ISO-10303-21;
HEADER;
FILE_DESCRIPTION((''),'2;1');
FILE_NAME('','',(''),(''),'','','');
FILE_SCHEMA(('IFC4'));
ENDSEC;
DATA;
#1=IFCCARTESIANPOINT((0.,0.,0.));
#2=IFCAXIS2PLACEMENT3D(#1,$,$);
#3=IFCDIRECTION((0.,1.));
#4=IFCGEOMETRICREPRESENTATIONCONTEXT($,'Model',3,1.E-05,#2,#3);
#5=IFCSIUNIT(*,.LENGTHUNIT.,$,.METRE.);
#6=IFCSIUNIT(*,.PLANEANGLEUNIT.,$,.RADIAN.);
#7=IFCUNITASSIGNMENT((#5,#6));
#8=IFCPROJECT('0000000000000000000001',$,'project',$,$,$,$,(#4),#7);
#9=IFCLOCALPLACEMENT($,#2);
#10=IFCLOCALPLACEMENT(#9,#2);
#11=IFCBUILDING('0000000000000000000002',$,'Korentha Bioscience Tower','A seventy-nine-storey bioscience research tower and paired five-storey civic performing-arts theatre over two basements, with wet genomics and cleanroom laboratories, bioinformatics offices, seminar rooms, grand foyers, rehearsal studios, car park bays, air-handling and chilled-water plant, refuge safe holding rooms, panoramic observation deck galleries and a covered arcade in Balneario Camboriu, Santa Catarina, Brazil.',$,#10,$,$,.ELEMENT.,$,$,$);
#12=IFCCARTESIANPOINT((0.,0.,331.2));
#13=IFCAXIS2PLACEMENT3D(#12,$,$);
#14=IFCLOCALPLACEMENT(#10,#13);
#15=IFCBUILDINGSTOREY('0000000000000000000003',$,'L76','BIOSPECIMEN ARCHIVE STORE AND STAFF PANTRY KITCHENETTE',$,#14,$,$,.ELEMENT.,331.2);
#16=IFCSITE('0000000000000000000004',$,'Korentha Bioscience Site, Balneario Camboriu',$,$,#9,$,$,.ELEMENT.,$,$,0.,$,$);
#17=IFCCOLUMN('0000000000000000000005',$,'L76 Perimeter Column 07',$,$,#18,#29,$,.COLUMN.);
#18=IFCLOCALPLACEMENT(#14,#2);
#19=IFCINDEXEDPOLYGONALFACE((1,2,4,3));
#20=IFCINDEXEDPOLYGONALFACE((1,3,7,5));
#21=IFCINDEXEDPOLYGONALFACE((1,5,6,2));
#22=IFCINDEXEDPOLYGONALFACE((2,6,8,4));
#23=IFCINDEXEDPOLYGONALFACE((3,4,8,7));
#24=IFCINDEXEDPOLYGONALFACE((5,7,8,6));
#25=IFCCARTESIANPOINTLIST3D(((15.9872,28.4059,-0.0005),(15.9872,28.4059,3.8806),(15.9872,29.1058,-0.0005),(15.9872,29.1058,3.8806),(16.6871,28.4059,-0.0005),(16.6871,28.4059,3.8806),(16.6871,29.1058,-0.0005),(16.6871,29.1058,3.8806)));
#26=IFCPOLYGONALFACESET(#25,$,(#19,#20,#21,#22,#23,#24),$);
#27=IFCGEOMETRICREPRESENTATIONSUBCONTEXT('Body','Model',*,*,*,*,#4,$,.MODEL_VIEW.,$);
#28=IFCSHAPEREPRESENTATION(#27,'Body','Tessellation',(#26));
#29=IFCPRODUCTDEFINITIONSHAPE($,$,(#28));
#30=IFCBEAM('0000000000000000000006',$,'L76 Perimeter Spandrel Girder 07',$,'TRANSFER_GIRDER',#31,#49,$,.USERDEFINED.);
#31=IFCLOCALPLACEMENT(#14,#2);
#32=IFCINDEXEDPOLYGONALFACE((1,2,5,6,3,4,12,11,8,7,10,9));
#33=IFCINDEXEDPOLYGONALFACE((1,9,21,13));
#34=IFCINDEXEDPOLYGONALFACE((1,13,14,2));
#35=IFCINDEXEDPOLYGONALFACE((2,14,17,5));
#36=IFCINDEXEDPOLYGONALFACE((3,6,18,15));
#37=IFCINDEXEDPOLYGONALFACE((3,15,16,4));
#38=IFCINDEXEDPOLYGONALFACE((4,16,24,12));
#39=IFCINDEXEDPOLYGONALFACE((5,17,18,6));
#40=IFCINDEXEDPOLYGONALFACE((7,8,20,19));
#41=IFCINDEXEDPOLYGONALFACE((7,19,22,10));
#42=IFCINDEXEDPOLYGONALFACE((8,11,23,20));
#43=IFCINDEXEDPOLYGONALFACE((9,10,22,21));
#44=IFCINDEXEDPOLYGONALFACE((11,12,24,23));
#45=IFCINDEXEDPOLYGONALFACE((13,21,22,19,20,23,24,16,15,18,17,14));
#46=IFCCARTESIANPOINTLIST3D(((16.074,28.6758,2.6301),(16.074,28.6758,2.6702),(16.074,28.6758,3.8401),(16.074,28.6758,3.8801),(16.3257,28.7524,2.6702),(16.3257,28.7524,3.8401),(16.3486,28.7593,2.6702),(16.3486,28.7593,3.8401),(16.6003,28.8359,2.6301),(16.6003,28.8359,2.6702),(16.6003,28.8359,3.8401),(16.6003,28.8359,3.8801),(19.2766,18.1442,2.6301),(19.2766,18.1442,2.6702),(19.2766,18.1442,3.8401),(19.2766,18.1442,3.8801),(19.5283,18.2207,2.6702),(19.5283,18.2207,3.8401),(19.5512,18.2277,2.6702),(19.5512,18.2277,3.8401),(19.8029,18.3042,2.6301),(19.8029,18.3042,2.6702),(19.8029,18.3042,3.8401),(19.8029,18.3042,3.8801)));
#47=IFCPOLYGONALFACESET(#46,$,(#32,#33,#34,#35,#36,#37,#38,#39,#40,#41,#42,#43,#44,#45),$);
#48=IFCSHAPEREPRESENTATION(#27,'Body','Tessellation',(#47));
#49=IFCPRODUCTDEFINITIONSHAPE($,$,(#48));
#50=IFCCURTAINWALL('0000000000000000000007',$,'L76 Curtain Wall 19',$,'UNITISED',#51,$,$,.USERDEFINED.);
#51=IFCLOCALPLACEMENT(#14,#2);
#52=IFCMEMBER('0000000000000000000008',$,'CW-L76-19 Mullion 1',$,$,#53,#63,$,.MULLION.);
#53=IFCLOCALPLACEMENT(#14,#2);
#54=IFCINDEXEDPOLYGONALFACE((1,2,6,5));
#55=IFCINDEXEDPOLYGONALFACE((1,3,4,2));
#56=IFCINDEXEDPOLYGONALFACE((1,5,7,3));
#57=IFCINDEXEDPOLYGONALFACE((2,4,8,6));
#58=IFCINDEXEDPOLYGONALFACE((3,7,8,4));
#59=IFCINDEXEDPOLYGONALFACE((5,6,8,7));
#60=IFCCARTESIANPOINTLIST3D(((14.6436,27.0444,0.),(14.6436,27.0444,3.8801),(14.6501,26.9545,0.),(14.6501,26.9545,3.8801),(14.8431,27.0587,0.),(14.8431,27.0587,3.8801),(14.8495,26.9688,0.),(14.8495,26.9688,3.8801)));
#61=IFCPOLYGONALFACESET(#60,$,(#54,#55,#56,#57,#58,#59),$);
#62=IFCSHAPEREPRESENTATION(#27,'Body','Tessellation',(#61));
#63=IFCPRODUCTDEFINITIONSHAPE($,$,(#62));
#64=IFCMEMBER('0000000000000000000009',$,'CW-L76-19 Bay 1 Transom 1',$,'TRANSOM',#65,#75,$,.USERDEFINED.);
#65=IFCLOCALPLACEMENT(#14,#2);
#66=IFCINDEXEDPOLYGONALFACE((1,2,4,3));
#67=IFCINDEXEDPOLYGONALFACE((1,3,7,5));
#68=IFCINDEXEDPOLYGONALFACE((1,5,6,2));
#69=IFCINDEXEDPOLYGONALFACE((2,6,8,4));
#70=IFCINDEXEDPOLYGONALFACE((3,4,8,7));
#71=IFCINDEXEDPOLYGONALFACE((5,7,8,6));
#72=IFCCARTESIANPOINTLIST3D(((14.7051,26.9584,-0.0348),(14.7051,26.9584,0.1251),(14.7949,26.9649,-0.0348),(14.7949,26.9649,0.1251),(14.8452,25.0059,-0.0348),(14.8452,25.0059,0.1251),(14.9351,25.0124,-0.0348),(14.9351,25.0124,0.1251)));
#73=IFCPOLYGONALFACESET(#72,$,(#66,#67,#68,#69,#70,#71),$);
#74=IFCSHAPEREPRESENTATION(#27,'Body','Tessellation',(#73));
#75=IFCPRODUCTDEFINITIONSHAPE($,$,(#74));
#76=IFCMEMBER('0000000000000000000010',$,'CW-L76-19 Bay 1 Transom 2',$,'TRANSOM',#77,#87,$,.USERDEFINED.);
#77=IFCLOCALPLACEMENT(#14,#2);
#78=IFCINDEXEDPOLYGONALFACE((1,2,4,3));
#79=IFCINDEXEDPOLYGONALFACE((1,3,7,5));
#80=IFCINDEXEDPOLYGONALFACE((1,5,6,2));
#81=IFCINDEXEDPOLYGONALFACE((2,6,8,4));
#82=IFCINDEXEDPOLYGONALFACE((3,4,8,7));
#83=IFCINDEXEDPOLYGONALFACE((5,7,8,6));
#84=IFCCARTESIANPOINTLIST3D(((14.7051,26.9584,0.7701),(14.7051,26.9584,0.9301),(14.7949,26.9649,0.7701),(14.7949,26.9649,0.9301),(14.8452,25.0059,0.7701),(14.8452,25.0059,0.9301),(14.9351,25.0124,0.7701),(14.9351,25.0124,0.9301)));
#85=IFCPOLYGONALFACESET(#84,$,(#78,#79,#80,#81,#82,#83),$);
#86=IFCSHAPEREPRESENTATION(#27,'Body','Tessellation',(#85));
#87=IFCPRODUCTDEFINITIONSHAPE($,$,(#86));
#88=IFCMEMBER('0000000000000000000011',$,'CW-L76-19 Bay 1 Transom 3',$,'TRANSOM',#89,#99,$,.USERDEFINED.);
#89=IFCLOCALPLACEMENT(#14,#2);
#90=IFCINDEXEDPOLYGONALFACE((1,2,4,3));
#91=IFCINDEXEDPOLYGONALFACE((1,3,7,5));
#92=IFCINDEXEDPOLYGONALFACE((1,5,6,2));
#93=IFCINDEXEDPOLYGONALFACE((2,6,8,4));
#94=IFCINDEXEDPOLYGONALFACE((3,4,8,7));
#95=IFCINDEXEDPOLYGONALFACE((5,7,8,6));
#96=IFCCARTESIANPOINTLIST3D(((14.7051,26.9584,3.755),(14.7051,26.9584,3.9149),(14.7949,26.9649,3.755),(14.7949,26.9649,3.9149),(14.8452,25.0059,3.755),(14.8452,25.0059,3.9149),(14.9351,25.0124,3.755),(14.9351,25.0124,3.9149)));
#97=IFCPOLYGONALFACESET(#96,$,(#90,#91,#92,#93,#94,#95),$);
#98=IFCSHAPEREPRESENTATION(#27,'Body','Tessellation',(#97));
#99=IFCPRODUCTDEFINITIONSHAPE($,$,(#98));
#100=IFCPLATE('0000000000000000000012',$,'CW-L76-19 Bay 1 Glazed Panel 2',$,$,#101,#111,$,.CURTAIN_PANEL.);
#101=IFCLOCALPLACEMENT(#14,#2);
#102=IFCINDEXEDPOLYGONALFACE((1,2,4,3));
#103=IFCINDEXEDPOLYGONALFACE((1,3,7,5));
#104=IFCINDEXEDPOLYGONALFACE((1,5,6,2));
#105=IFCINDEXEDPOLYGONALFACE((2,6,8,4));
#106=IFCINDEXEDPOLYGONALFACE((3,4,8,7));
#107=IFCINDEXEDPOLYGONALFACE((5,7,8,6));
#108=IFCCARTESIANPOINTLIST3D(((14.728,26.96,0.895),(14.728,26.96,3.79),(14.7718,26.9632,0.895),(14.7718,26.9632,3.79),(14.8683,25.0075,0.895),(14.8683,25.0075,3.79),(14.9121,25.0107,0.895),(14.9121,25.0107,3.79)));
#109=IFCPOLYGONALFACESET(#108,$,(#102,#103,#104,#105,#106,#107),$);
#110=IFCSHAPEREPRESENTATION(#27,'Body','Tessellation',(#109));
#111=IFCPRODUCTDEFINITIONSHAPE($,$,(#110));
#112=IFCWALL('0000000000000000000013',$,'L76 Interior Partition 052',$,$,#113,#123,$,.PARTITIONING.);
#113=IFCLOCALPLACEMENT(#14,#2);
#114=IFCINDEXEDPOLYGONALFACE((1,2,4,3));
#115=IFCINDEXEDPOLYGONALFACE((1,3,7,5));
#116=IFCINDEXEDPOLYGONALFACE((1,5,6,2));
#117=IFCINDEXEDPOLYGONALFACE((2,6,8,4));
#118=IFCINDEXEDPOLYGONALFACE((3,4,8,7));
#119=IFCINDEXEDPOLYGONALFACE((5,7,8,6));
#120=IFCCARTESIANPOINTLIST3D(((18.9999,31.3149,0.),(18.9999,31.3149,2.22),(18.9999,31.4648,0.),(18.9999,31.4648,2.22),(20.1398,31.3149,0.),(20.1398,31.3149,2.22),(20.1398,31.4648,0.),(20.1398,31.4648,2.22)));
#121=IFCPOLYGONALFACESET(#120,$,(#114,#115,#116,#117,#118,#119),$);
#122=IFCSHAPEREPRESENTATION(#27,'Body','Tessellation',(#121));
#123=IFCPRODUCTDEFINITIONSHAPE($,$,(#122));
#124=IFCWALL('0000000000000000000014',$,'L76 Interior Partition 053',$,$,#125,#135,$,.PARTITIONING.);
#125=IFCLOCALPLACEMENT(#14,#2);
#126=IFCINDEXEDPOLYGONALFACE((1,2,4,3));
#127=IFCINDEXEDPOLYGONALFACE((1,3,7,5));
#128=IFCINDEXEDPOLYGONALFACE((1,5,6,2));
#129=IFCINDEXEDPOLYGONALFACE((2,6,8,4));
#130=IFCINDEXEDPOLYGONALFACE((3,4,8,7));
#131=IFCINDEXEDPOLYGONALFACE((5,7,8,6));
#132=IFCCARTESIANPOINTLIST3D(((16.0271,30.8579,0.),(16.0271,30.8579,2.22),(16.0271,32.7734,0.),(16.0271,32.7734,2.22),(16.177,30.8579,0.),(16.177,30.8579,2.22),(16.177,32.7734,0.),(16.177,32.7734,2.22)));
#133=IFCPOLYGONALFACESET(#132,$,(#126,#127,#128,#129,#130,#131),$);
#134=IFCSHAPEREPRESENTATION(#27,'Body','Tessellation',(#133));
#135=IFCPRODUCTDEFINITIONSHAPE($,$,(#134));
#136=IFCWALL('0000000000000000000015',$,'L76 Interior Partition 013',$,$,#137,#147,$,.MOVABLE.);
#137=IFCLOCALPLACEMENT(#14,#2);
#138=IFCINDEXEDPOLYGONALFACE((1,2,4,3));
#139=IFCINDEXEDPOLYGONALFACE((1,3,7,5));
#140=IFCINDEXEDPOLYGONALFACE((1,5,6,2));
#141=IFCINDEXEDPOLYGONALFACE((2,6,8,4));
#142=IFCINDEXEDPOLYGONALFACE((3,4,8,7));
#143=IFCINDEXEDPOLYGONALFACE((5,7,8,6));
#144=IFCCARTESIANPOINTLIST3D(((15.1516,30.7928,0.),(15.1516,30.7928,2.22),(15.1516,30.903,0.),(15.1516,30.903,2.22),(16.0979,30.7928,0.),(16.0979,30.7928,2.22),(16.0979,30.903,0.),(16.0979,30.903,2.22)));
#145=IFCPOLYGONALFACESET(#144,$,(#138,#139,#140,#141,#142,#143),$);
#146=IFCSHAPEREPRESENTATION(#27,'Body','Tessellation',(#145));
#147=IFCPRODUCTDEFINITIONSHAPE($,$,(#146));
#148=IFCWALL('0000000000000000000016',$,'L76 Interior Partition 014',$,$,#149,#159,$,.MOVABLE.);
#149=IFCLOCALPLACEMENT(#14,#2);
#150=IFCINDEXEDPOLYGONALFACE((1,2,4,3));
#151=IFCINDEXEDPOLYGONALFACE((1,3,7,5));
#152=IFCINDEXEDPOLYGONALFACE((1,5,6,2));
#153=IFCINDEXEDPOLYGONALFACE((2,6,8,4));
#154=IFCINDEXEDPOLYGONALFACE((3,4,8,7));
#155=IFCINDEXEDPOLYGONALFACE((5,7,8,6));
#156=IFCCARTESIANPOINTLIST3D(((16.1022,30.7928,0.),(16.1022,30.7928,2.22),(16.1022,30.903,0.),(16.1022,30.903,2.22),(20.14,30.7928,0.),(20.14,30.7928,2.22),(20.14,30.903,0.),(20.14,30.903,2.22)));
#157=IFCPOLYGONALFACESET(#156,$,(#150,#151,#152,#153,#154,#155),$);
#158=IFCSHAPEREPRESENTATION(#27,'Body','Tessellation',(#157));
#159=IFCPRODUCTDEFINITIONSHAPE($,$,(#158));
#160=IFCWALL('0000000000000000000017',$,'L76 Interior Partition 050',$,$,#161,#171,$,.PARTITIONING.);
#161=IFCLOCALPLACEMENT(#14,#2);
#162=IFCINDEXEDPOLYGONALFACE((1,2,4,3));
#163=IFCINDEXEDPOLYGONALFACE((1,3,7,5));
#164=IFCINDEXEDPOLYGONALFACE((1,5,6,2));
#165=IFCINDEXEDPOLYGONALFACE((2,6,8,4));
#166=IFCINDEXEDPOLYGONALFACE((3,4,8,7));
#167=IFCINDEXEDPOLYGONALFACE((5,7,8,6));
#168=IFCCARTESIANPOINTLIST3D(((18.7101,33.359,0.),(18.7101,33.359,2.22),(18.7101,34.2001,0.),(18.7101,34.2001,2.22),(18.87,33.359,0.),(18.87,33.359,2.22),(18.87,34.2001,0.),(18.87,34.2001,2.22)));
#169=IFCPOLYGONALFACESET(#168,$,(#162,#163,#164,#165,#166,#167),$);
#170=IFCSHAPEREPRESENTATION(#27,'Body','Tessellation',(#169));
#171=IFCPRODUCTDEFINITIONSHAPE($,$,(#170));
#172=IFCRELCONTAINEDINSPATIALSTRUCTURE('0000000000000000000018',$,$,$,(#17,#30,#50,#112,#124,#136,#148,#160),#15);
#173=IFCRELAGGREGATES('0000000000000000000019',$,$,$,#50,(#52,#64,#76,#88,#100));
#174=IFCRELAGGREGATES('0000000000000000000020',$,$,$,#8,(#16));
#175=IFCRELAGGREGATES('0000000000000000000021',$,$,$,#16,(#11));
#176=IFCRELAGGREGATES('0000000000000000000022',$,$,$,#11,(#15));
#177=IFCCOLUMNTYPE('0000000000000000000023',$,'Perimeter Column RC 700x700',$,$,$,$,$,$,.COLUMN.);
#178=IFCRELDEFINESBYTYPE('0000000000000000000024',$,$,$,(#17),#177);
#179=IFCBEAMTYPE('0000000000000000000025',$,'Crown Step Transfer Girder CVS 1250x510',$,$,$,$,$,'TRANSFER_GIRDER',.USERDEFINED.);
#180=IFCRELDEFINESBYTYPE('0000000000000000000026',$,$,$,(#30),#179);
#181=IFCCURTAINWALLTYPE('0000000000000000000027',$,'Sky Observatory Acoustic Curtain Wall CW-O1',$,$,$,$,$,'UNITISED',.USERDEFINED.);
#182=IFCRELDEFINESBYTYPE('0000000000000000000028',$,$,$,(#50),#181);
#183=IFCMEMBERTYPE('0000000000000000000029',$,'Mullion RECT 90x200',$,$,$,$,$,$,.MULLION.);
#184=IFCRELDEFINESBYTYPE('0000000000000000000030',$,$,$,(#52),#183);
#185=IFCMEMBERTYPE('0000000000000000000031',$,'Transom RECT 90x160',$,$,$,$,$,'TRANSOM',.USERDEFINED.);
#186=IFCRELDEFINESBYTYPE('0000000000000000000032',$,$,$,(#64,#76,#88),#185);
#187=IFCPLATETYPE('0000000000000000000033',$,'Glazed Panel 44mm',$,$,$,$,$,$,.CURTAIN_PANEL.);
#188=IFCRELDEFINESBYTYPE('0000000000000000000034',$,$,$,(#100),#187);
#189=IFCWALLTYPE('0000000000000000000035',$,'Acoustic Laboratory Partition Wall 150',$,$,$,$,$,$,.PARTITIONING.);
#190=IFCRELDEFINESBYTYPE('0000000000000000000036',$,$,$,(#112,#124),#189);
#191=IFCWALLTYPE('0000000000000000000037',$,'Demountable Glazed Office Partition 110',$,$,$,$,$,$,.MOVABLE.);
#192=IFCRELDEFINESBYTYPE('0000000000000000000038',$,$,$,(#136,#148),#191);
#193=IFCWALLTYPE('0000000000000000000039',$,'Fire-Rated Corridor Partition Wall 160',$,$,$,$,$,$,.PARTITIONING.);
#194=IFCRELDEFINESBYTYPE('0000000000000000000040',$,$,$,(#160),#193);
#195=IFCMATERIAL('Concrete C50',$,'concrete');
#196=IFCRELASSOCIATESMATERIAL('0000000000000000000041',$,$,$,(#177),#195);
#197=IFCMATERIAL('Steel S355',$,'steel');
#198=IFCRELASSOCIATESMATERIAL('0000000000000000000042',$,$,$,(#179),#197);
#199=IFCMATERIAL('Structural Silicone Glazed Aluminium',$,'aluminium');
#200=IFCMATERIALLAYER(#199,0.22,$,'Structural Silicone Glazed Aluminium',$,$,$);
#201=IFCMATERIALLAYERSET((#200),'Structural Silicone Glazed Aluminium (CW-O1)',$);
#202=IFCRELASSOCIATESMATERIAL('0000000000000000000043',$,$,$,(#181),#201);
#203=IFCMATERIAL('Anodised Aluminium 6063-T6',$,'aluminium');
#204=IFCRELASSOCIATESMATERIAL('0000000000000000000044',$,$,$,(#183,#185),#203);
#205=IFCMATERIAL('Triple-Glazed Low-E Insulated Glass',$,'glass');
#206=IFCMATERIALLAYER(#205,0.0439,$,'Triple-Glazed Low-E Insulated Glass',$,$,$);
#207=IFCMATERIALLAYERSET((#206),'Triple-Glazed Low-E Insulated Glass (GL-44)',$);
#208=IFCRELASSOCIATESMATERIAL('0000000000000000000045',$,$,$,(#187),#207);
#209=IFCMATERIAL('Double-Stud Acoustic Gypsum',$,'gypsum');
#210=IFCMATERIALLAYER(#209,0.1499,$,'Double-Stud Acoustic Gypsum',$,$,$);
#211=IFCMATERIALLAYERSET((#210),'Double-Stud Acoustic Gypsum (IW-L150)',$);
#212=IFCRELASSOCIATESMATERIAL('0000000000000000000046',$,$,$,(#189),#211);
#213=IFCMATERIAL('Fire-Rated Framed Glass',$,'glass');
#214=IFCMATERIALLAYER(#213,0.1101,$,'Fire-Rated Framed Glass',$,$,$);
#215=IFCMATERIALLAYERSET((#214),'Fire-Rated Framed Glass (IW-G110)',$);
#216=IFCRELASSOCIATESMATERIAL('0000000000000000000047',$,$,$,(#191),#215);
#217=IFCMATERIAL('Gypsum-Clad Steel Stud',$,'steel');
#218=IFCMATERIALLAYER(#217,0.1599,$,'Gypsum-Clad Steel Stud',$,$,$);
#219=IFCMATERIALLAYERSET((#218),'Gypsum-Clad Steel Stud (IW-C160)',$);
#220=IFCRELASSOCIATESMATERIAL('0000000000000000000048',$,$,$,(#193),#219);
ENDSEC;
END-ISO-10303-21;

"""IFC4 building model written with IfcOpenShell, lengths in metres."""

from ifc_helpers import new_model, si_unit, direction, frame, frame_2d, origin, origin_2d, place, context, subcontext, project, spatial, rectangle, i_section, extrude, material, layer, layer_set, material_profile, profile_set, type_object, element, aggregate, save


model = new_model("IFC4")

# Units and contexts
model_context = context("Model", 3, precision=1e-05, world=origin(), true_north=direction((0.0, 1.0)))
body_context = subcontext(model_context, "Body", "Model", "MODEL_VIEW")
ifc_project = project(units=[si_unit("LENGTHUNIT", "METRE"), si_unit("PLANEANGLEUNIT", "RADIAN")], contexts=[model_context])

# Site, building, storey
site_placement = place(None, origin())
site = spatial("IfcSite", under=ifc_project, at=site_placement, Name="Korentha Bioscience Site, Balneario Camboriu", CompositionType="ELEMENT", RefElevation=0.0)
building_placement = place(site_placement, origin())
building = spatial("IfcBuilding", under=site, at=building_placement, Name="Korentha Bioscience Tower", Description="A seventy-nine-storey bioscience research tower and paired five-storey civic performing-arts theatre over two basements, with wet genomics and cleanroom laboratories, bioinformatics offices, seminar rooms, grand foyers, rehearsal studios, car park bays, air-handling and chilled-water plant, refuge safe holding rooms, panoramic observation deck galleries and a covered arcade in Balneario Camboriu, Santa Catarina, Brazil.", CompositionType="ELEMENT")
storey_placement = place(building_placement, frame((0.0, 0.0, 331.2)))
storey = spatial("IfcBuildingStorey", under=building, at=storey_placement, Name="L76", Description="BIOSPECIMEN ARCHIVE STORE AND STAFF PANTRY KITCHENETTE", CompositionType="ELEMENT", Elevation=331.2)

# Column
ifc_material_1 = material(Name="Concrete C50", Category="concrete")
ifc_material_profile_1 = material_profile(ifc_material_1, rectangle(XDim=0.7, YDim=0.7, at=origin_2d()), Name="Concrete C50")
ifc_profile_set_1 = profile_set([ifc_material_profile_1], Name="Concrete C50 (COL-P07)")
column_type = type_object("IfcColumnType", Name="Perimeter Column RC 700x700", PredefinedType="COLUMN", material=ifc_profile_set_1)
column_placement = place(storey_placement, frame((16.3372, 28.7559, -0.0005), z_axis=(0.0, 0.0, 1.0), x_axis=(0.0, 1.0, 0.0)))
element("IfcColumn", 1, at=column_placement, inside=storey, type_object=column_type, Name="L76 Perimeter Column 07", PredefinedType="COLUMN", context=body_context, shape_type="SweptSolid", body=[
    extrude(rectangle(XDim=0.7, YDim=0.7, at=origin_2d()), origin(), (0.0, 0.0, 1.0), 3.8811),
])

# Beam
ifc_material_2 = material(Name="Steel S355", Category="steel")
ifc_material_profile_2 = material_profile(ifc_material_2, i_section(OverallWidth=0.55, OverallDepth=1.25, WebThickness=0.0239, FlangeThickness=0.04, at=origin_2d()), Name="Steel S355")
ifc_profile_set_2 = profile_set([ifc_material_profile_2], Name="Steel S355 (TG-03)")
beam_type = type_object("IfcBeamType", Name="Crown Step Transfer Girder CVS 1250x510", ElementType="TRANSFER_GIRDER", PredefinedType="USERDEFINED", material=ifc_profile_set_2)
beam_placement = place(storey_placement, frame((16.3372, 28.7559, 3.2551), z_axis=(0.290939, -0.956742, 0.0), x_axis=(0.956742, 0.290939, 0.0)))
element("IfcBeam", 2, at=beam_placement, inside=storey, type_object=beam_type, Name="L76 Perimeter Spandrel Girder 07", ObjectType="TRANSFER_GIRDER", PredefinedType="USERDEFINED", context=body_context, shape_type="SweptSolid", body=[
    extrude(i_section(OverallWidth=0.55, OverallDepth=1.25, WebThickness=0.0239, FlangeThickness=0.04, at=origin_2d()), origin(), (0.0, 0.0, 1.0), 11.0078),
])

# Curtain wall, members, plate
ifc_material_3 = material(Name="Structural Silicone Glazed Aluminium", Category="aluminium")
ifc_layer_1 = layer(ifc_material_3, 0.22, Name="Structural Silicone Glazed Aluminium")
ifc_layer_set_1 = layer_set([ifc_layer_1], Name="Structural Silicone Glazed Aluminium (CW-O1)")
curtain_wall_type = type_object("IfcCurtainWallType", Name="Sky Observatory Acoustic Curtain Wall CW-O1", ElementType="UNITISED", PredefinedType="USERDEFINED", material=ifc_layer_set_1)
curtain_wall_placement = place(storey_placement, origin())
curtain_wall = element("IfcCurtainWall", 3, at=curtain_wall_placement, inside=storey, type_object=curtain_wall_type, Name="L76 Curtain Wall 19", ObjectType="UNITISED", PredefinedType="USERDEFINED")
ifc_material_4 = material(Name="Anodised Aluminium 6063-T6", Category="aluminium")
ifc_material_profile_3 = material_profile(ifc_material_4, rectangle(XDim=0.0901, YDim=0.2, at=origin_2d()), Name="Anodised Aluminium 6063-T6")
ifc_profile_set_3 = profile_set([ifc_material_profile_3], Name="Anodised Aluminium 6063-T6 (CW-MUL)")
member_type_1 = type_object("IfcMemberType", Name="Mullion RECT 90x200", PredefinedType="MULLION", material=ifc_profile_set_3)
member_1_placement = place(storey_placement, frame((14.7466, 27.0066, 0.0), z_axis=(0.0, 0.0, 1.0), x_axis=(0.071673, -0.997428, 0.0)))
member_1 = element("IfcMember", 4, at=member_1_placement, type_object=member_type_1, Name="CW-L76-19 Mullion 1", PredefinedType="MULLION", context=body_context, shape_type="SweptSolid", body=[
    extrude(rectangle(XDim=0.0901, YDim=0.2, at=origin_2d()), origin(), (0.0, 0.0, 1.0), 3.8801),
])
ifc_material_profile_4 = material_profile(ifc_material_4, rectangle(XDim=0.0901, YDim=0.1599, at=origin_2d()), Name="Anodised Aluminium 6063-T6")
ifc_profile_set_4 = profile_set([ifc_material_profile_4], Name="Anodised Aluminium 6063-T6 (CW-TRN)")
member_type_2 = type_object("IfcMemberType", Name="Transom RECT 90x160", ElementType="TRANSOM", PredefinedType="USERDEFINED", material=ifc_profile_set_4)
member_2_placement = place(storey_placement, frame((14.75, 26.9617, 0.0452), z_axis=(0.071593, -0.997434, 0.0), x_axis=(0.997434, 0.071593, 0.0)))
member_2 = element("IfcMember", 5, at=member_2_placement, type_object=member_type_2, Name="CW-L76-19 Bay 1 Transom 1", ObjectType="TRANSOM", PredefinedType="USERDEFINED", context=body_context, shape_type="SweptSolid", body=[
    extrude(rectangle(XDim=0.0901, YDim=0.1599, at=origin_2d()), origin(), (0.0, 0.0, 1.0), 1.9575),
])
member_3_placement = place(storey_placement, frame((14.75, 26.9617, 0.8501), z_axis=(0.071593, -0.997434, 0.0), x_axis=(0.997434, 0.071593, 0.0)))
member_3 = element("IfcMember", 6, at=member_3_placement, type_object=member_type_2, Name="CW-L76-19 Bay 1 Transom 2", ObjectType="TRANSOM", PredefinedType="USERDEFINED", context=body_context, shape_type="SweptSolid", body=[
    extrude(rectangle(XDim=0.0901, YDim=0.1599, at=origin_2d()), origin(), (0.0, 0.0, 1.0), 1.9575),
])
member_4_placement = place(storey_placement, frame((14.75, 26.9617, 3.835), z_axis=(0.071593, -0.997434, 0.0), x_axis=(0.997434, 0.071593, 0.0)))
member_4 = element("IfcMember", 7, at=member_4_placement, type_object=member_type_2, Name="CW-L76-19 Bay 1 Transom 3", ObjectType="TRANSOM", PredefinedType="USERDEFINED", context=body_context, shape_type="SweptSolid", body=[
    extrude(rectangle(XDim=0.0901, YDim=0.1599, at=origin_2d()), origin(), (0.0, 0.0, 1.0), 1.9575),
])
ifc_material_5 = material(Name="Triple-Glazed Low-E Insulated Glass", Category="glass")
ifc_layer_2 = layer(ifc_material_5, 0.0439, Name="Triple-Glazed Low-E Insulated Glass")
ifc_layer_set_2 = layer_set([ifc_layer_2], Name="Triple-Glazed Low-E Insulated Glass (GL-44)")
plate_type = type_object("IfcPlateType", Name="Glazed Panel 44mm", PredefinedType="CURTAIN_PANEL", material=ifc_layer_set_2)
plate_placement = place(storey_placement, frame((14.8201, 25.9854, 0.895), z_axis=(0.0, 0.0, 1.0), x_axis=(0.071673, -0.997428, 0.0)))
plate = element("IfcPlate", 8, at=plate_placement, type_object=plate_type, Name="CW-L76-19 Bay 1 Glazed Panel 2", PredefinedType="CURTAIN_PANEL", context=body_context, shape_type="SweptSolid", body=[
    extrude(rectangle(XDim=1.9575, YDim=0.0439, at=origin_2d()), origin(), (0.0, 0.0, 1.0), 2.895),
])
aggregate(curtain_wall, [member_1, member_2, member_3, member_4, plate])

# Shared definitions
ifc_material_6 = material(Name="Double-Stud Acoustic Gypsum", Category="gypsum")
ifc_layer_3 = layer(ifc_material_6, 0.1499, Name="Double-Stud Acoustic Gypsum")
ifc_layer_set_3 = layer_set([ifc_layer_3], Name="Double-Stud Acoustic Gypsum (IW-L150)")
wall_type_1 = type_object("IfcWallType", Name="Acoustic Laboratory Partition Wall 150", PredefinedType="PARTITIONING", material=ifc_layer_set_3)

# Walls
wall_1_placement = place(storey_placement, frame((19.0, 31.3899, 0.0), z_axis=(0.0, 0.0, 1.0), x_axis=(1.0, 0.0, 0.0)))
element("IfcWall", 9, at=wall_1_placement, inside=storey, type_object=wall_type_1, Name="L76 Interior Partition 052", PredefinedType="PARTITIONING", context=body_context, shape_type="SweptSolid", body=[
    extrude(rectangle(XDim=1.1399, YDim=0.1499, at=frame_2d((0.5698, 0.0))), origin(), (0.0, 0.0, 1.0), 2.22),
])
wall_2_placement = place(storey_placement, frame((16.1021, 30.8579, 0.0), z_axis=(0.0, 0.0, 1.0), x_axis=(0.0, 1.0, 0.0)))
element("IfcWall", 10, at=wall_2_placement, inside=storey, type_object=wall_type_1, Name="L76 Interior Partition 053", PredefinedType="PARTITIONING", context=body_context, shape_type="SweptSolid", body=[
    extrude(rectangle(XDim=1.9155, YDim=0.1499, at=frame_2d((0.9578, 0.0))), origin(), (0.0, 0.0, 1.0), 2.22),
])
ifc_material_7 = material(Name="Fire-Rated Framed Glass", Category="glass")
ifc_layer_4 = layer(ifc_material_7, 0.1101, Name="Fire-Rated Framed Glass")
ifc_layer_set_4 = layer_set([ifc_layer_4], Name="Fire-Rated Framed Glass (IW-G110)")
wall_type_2 = type_object("IfcWallType", Name="Demountable Glazed Office Partition 110", PredefinedType="MOVABLE", material=ifc_layer_set_4)
wall_3_placement = place(storey_placement, frame((15.1516, 30.8479, 0.0), z_axis=(0.0, 0.0, 1.0), x_axis=(1.0, 0.0, 0.0)))
element("IfcWall", 11, at=wall_3_placement, inside=storey, type_object=wall_type_2, Name="L76 Interior Partition 013", PredefinedType="MOVABLE", context=body_context, shape_type="SweptSolid", body=[
    extrude(rectangle(XDim=0.9463, YDim=0.1101, at=frame_2d((0.4731, 0.0))), origin(), (0.0, 0.0, 1.0), 2.22),
])
wall_4_placement = place(storey_placement, frame((16.1021, 30.8479, 0.0), z_axis=(0.0, 0.0, 1.0), x_axis=(1.0, 0.0, 0.0)))
element("IfcWall", 12, at=wall_4_placement, inside=storey, type_object=wall_type_2, Name="L76 Interior Partition 014", PredefinedType="MOVABLE", context=body_context, shape_type="SweptSolid", body=[
    extrude(rectangle(XDim=4.0378, YDim=0.1101, at=frame_2d((2.019, 0.0))), origin(), (0.0, 0.0, 1.0), 2.22),
])
ifc_material_8 = material(Name="Gypsum-Clad Steel Stud", Category="steel")
ifc_layer_5 = layer(ifc_material_8, 0.1599, Name="Gypsum-Clad Steel Stud")
ifc_layer_set_5 = layer_set([ifc_layer_5], Name="Gypsum-Clad Steel Stud (IW-C160)")
wall_type_3 = type_object("IfcWallType", Name="Fire-Rated Corridor Partition Wall 160", PredefinedType="PARTITIONING", material=ifc_layer_set_5)
wall_5_placement = place(storey_placement, frame((18.79, 34.2, 0.0), z_axis=(0.0, 0.0, 1.0), x_axis=(0.0, -1.0, 0.0)))
element("IfcWall", 13, at=wall_5_placement, inside=storey, type_object=wall_type_3, Name="L76 Interior Partition 050", PredefinedType="PARTITIONING", context=body_context, shape_type="SweptSolid", body=[
    extrude(rectangle(XDim=0.8411, YDim=0.1599, at=frame_2d((0.4204, 0.0))), origin(), (0.0, 0.0, 1.0), 2.22),
])

save(model, "model.ifc")
